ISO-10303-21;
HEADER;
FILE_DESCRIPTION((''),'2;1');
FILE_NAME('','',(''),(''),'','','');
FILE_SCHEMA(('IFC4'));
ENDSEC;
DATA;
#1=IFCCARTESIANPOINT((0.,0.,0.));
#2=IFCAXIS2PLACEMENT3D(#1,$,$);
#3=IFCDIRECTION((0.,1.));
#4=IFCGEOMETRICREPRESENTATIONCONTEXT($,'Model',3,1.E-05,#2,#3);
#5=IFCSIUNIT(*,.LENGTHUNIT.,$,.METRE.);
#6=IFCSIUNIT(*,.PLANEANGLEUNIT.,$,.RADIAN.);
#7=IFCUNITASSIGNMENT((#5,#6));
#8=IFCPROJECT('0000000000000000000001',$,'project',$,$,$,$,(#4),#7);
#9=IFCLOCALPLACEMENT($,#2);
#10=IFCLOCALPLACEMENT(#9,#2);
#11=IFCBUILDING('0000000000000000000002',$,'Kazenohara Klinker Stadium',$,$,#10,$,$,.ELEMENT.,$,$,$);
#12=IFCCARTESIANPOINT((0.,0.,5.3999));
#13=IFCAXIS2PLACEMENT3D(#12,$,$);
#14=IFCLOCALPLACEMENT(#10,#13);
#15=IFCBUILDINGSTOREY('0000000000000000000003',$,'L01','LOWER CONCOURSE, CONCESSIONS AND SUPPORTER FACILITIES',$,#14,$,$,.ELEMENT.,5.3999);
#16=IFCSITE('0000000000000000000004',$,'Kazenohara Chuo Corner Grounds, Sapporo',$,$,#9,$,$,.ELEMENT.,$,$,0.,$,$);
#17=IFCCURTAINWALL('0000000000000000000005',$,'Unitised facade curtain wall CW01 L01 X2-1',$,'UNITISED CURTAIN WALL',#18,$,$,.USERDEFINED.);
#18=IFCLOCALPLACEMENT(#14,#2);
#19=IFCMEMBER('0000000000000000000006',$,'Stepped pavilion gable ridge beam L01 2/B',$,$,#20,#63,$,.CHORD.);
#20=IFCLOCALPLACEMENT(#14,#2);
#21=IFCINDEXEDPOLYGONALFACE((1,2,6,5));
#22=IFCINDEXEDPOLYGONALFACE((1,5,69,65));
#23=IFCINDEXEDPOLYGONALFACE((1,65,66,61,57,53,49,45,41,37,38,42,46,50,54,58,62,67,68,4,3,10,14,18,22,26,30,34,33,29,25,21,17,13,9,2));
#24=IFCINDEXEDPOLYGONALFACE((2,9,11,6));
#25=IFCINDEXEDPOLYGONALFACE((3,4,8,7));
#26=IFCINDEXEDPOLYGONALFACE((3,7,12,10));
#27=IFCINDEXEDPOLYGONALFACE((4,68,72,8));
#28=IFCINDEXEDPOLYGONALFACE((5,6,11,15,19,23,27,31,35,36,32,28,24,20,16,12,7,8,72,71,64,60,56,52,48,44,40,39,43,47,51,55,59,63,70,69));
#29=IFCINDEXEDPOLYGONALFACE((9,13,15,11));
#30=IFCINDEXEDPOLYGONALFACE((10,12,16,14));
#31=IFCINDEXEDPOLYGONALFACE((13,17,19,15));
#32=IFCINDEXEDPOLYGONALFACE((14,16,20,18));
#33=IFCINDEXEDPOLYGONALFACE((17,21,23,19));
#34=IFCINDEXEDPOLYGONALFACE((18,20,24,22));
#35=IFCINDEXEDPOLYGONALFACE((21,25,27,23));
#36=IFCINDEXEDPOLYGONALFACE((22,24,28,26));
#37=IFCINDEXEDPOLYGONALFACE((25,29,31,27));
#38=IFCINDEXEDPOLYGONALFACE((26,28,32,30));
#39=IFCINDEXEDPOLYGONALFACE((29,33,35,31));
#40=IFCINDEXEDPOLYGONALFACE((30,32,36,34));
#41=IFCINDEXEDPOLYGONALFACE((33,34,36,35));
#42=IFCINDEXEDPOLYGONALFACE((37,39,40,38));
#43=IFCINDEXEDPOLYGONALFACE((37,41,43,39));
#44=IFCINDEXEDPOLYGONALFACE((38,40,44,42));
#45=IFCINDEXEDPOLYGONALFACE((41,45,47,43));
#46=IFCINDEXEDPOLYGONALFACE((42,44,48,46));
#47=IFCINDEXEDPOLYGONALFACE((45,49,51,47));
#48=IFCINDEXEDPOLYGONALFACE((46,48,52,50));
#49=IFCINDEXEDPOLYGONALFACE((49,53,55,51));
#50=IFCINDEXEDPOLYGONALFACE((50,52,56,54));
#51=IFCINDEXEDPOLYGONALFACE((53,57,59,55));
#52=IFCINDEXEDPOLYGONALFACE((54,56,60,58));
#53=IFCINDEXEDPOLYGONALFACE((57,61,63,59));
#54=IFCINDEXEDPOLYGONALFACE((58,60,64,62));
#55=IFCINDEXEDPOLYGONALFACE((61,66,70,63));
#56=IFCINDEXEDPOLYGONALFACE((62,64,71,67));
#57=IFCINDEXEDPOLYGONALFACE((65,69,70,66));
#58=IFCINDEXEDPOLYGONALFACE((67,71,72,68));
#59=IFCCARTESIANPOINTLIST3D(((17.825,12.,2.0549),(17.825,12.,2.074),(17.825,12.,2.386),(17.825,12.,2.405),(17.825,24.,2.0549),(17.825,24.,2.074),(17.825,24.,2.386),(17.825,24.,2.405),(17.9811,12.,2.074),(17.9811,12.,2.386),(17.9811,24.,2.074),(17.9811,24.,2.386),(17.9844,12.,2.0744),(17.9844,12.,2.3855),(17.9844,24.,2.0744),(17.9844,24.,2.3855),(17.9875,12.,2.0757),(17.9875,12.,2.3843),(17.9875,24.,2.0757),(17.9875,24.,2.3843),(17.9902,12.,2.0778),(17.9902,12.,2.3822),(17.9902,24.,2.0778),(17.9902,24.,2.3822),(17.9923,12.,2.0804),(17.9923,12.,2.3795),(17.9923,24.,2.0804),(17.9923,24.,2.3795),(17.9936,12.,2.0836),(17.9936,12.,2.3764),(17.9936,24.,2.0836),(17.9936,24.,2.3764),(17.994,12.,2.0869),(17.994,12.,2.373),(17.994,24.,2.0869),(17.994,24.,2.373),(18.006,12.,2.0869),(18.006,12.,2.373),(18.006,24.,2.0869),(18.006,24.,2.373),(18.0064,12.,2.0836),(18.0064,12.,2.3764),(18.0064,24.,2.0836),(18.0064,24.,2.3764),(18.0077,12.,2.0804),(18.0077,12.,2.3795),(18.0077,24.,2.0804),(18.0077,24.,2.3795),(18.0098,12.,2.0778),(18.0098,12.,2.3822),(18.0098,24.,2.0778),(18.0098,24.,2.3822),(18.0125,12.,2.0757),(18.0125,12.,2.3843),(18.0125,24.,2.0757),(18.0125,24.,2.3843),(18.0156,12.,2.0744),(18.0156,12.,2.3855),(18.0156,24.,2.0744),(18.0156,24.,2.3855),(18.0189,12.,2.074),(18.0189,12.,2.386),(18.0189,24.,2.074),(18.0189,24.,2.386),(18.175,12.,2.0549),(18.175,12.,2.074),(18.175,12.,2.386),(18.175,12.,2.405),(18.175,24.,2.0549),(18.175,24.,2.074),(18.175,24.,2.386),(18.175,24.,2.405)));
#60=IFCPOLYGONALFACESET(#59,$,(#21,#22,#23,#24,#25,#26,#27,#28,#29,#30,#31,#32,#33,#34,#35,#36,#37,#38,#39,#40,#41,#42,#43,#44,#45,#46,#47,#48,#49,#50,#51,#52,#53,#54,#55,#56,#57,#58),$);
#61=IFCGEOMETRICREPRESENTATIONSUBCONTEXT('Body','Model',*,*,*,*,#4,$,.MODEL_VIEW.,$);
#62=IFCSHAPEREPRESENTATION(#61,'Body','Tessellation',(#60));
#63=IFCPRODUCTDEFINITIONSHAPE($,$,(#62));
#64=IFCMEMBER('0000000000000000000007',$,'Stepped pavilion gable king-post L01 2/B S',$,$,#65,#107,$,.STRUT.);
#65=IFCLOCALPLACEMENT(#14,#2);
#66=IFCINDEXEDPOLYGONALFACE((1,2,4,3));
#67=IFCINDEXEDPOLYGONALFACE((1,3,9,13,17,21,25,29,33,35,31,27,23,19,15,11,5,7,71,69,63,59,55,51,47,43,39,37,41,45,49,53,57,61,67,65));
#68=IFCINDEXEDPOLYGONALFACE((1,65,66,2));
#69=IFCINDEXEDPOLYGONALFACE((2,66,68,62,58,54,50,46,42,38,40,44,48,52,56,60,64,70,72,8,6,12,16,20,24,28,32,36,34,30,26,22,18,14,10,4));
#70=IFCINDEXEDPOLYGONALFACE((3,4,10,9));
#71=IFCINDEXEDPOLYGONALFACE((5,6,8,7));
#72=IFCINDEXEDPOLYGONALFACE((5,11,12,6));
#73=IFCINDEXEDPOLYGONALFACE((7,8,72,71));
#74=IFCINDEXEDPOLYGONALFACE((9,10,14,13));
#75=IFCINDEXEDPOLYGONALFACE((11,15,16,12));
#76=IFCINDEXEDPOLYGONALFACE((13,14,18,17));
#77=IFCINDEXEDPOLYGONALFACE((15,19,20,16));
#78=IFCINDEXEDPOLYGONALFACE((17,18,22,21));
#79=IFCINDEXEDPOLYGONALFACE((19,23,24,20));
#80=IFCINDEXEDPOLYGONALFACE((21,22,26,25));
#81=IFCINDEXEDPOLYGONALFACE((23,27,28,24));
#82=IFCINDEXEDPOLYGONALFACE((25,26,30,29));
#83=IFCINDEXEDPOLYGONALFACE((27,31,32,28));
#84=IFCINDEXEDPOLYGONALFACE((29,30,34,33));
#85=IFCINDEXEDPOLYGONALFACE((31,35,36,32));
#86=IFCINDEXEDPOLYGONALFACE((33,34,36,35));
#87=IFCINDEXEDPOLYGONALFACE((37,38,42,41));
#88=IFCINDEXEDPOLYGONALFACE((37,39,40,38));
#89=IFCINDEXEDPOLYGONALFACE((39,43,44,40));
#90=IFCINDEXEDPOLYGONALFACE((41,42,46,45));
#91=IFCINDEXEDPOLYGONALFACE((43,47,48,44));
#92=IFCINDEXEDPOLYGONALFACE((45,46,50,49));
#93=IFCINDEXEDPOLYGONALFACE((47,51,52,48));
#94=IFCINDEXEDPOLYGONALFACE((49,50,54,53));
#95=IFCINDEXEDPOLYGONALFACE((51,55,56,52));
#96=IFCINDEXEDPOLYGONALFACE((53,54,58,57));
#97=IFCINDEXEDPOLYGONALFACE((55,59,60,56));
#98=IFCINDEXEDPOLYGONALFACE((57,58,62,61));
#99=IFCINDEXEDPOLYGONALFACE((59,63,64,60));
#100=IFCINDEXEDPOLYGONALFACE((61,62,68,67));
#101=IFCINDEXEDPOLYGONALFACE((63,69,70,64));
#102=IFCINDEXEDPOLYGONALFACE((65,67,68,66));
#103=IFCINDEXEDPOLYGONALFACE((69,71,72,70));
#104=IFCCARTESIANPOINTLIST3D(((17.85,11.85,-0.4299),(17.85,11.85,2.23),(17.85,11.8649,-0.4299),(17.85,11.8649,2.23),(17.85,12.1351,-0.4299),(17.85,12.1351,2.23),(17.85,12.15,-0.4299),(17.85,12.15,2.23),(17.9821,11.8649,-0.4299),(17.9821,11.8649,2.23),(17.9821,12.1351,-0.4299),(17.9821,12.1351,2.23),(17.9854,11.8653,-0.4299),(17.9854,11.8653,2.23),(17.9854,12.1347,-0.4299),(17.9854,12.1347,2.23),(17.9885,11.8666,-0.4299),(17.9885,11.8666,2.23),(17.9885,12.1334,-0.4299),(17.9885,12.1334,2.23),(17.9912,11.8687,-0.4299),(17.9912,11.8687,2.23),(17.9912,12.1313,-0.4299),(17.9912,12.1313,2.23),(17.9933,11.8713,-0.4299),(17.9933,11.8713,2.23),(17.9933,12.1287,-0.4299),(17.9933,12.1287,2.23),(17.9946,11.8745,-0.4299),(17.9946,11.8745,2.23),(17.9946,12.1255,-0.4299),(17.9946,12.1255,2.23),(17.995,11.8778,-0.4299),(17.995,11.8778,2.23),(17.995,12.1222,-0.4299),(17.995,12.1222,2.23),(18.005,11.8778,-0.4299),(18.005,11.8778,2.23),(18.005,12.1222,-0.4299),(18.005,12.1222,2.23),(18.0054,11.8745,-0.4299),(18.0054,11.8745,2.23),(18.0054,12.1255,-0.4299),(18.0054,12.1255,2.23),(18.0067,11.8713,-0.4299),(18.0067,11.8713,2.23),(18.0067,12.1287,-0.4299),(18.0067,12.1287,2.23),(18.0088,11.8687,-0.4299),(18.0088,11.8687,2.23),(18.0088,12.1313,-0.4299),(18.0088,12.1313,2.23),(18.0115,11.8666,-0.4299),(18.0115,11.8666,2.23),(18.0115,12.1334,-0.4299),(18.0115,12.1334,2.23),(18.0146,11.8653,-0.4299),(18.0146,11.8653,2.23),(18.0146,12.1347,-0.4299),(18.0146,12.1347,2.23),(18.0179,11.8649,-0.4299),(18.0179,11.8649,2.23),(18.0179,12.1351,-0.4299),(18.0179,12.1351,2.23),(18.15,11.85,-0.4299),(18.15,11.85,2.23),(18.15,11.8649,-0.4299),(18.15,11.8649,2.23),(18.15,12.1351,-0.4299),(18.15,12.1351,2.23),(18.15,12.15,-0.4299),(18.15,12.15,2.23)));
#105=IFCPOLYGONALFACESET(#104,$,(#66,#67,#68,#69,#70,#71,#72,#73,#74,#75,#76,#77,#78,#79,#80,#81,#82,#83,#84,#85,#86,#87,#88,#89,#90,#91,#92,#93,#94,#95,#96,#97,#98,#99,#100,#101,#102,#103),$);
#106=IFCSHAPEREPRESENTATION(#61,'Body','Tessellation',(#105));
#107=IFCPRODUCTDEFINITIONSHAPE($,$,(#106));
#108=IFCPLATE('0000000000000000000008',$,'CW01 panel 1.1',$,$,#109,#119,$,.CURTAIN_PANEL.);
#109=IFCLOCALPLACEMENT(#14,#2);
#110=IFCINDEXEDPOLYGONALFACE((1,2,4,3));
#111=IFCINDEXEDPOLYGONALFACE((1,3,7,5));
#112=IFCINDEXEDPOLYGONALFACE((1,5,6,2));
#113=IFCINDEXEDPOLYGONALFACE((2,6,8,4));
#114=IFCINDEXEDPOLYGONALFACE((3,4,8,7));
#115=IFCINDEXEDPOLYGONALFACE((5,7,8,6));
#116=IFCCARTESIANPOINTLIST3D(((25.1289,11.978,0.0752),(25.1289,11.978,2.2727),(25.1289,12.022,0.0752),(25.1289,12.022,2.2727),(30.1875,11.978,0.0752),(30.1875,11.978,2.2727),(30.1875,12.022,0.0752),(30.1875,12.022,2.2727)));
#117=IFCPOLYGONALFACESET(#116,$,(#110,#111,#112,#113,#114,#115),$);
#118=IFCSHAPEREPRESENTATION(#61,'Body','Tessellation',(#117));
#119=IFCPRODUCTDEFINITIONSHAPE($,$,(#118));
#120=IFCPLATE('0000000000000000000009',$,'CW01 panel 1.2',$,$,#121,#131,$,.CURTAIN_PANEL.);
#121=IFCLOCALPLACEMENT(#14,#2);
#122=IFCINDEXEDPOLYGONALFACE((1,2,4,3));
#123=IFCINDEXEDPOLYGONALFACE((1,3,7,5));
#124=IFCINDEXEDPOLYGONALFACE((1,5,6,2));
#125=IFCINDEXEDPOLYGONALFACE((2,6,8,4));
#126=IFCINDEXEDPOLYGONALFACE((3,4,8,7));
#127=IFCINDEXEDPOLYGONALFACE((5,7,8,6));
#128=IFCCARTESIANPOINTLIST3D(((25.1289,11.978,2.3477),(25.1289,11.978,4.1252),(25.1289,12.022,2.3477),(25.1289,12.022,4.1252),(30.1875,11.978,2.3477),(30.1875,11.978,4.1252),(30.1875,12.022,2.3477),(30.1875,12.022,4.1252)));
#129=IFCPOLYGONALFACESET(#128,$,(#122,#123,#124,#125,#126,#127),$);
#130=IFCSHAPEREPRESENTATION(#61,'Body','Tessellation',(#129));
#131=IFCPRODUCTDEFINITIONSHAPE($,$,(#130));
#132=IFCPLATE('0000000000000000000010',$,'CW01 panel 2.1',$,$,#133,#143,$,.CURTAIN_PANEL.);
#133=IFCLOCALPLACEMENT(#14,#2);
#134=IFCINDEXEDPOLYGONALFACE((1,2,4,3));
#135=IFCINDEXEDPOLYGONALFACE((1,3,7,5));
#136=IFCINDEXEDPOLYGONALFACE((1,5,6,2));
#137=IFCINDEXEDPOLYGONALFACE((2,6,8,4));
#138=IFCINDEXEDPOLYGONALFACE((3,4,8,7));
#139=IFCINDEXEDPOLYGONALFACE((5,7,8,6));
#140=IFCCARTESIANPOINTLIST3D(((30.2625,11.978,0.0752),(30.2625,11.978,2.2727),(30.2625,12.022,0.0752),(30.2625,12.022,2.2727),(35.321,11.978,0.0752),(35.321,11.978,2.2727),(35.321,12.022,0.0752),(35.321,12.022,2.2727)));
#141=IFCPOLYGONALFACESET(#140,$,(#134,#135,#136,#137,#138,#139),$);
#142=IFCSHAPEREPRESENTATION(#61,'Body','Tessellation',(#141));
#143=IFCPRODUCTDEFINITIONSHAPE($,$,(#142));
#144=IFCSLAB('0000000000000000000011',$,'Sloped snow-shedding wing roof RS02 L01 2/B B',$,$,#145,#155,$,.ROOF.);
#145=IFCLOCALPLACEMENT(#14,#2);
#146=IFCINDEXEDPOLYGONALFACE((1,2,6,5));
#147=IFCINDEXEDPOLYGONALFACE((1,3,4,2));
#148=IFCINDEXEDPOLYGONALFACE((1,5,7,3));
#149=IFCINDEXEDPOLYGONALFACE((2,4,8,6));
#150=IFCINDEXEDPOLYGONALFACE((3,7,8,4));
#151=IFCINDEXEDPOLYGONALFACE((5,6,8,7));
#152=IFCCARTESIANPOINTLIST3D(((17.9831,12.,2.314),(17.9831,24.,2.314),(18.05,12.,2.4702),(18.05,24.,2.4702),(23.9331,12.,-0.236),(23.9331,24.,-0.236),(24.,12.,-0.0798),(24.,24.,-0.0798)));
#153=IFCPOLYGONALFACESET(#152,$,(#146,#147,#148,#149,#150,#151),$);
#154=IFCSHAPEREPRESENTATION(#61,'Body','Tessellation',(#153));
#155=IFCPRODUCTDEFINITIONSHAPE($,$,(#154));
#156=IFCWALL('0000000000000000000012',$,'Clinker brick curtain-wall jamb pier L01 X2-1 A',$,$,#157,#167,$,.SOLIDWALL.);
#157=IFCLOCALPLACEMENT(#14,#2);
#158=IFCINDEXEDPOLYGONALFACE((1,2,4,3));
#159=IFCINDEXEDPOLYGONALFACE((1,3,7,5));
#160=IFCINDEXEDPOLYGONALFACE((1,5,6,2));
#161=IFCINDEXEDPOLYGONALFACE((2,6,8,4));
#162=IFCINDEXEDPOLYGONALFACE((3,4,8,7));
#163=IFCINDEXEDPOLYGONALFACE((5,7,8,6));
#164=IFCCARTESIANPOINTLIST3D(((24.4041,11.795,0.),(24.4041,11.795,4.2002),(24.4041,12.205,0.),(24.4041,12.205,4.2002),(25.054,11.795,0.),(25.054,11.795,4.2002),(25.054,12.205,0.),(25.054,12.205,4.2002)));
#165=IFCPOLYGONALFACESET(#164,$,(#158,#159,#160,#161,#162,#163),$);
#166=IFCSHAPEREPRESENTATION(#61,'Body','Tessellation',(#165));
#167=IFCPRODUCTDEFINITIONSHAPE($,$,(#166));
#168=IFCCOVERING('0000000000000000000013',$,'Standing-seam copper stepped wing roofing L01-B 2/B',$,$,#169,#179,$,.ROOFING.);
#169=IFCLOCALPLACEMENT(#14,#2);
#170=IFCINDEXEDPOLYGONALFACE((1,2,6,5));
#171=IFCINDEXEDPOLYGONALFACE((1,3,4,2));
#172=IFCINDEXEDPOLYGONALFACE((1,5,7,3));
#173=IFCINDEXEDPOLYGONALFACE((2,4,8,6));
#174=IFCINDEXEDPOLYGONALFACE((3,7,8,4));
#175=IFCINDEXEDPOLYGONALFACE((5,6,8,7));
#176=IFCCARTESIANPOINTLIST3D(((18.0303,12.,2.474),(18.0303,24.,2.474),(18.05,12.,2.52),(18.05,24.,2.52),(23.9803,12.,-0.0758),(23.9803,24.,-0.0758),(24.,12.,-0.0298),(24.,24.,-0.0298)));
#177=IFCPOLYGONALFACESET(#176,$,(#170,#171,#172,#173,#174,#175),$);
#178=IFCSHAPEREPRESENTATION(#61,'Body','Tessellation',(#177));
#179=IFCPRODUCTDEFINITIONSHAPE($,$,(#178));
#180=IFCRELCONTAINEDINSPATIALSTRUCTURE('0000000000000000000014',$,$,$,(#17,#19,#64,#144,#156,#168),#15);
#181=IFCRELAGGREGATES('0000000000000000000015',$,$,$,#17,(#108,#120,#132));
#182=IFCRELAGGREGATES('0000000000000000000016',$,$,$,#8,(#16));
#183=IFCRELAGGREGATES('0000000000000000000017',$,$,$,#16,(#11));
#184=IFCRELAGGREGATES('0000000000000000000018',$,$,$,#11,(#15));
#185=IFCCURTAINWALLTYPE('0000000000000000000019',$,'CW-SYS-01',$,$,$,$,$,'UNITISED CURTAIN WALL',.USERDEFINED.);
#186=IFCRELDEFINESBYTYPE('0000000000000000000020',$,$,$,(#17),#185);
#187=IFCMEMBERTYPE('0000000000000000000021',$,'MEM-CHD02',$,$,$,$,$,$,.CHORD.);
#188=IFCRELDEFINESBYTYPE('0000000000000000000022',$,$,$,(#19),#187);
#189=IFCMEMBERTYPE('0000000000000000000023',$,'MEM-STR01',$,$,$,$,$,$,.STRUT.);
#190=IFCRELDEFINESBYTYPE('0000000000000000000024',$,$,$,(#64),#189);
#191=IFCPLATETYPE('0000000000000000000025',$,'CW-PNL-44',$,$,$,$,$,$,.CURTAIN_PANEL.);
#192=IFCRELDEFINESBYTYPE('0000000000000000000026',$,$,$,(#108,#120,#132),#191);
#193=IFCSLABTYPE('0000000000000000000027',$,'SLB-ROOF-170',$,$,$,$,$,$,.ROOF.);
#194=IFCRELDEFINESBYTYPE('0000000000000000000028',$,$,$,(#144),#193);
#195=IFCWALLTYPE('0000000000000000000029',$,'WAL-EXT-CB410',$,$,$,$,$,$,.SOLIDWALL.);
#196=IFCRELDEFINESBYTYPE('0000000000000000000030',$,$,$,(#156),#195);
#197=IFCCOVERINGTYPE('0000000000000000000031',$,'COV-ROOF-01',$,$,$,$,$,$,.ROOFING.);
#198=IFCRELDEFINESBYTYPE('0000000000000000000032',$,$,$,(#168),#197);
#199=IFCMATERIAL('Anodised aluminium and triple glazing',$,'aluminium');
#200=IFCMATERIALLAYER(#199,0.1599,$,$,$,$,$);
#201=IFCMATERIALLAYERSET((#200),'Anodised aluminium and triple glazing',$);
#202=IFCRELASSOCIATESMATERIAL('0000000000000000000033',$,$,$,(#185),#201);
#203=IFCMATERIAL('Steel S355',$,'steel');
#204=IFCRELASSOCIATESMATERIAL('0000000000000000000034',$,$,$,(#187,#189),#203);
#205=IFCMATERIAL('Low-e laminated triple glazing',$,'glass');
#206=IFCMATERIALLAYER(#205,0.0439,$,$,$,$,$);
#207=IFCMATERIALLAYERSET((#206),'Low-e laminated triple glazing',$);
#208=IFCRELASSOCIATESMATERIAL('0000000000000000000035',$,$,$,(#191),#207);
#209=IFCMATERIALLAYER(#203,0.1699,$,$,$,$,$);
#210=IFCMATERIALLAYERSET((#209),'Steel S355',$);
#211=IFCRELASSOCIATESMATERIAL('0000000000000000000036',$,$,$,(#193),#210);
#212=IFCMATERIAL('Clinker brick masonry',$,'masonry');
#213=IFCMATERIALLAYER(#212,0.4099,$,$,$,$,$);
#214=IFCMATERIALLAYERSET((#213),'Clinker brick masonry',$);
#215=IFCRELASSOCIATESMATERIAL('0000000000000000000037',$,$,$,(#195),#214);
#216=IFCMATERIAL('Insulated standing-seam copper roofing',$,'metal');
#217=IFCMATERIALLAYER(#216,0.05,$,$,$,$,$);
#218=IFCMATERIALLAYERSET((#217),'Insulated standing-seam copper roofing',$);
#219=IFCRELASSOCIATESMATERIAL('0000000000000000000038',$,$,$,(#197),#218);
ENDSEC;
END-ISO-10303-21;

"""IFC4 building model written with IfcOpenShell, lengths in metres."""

from ifc_helpers import new_model, si_unit, direction, frame, frame_2d, origin, origin_2d, place, context, subcontext, project, spatial, polyline, rectangle, i_section, outline, extrude, material, layer, layer_set, material_profile, profile_set, type_object, element, aggregate, save


model = new_model("IFC4")

# Units and contexts
model_context = context("Model", 3, precision=1e-05, world=origin(), true_north=direction((0.0, 1.0)))
body_context = subcontext(model_context, "Body", "Model", "MODEL_VIEW")
ifc_project = project(units=[si_unit("LENGTHUNIT", "METRE"), si_unit("PLANEANGLEUNIT", "RADIAN")], contexts=[model_context])

# Site, building, storey
site_placement = place(None, origin())
site = spatial("IfcSite", under=ifc_project, at=site_placement, Name="Kazenohara Chuo Corner Grounds, Sapporo", CompositionType="ELEMENT", RefElevation=0.0)
building_placement = place(site_placement, origin())
building = spatial("IfcBuilding", under=site, at=building_placement, Name="Kazenohara Klinker Stadium", CompositionType="ELEMENT")
storey_placement = place(building_placement, frame((0.0, 0.0, 5.3999)))
storey = spatial("IfcBuildingStorey", under=building, at=storey_placement, Name="L01", Description="LOWER CONCOURSE, CONCESSIONS AND SUPPORTER FACILITIES", CompositionType="ELEMENT", Elevation=5.3999)

# Shared definitions
ifc_material_1 = material(Name="Steel S355", Category="steel")

# Curtain wall
ifc_material_2 = material(Name="Anodised aluminium and triple glazing", Category="aluminium")
ifc_layer_1 = layer(ifc_material_2, 0.1599)
ifc_layer_set_1 = layer_set([ifc_layer_1], Name="Anodised aluminium and triple glazing")
curtain_wall_type = type_object("IfcCurtainWallType", Name="CW-SYS-01", ElementType="UNITISED CURTAIN WALL", PredefinedType="USERDEFINED", material=ifc_layer_set_1)
curtain_wall_placement = place(storey_placement, origin())
curtain_wall = element("IfcCurtainWall", 1, at=curtain_wall_placement, inside=storey, type_object=curtain_wall_type, Name="Unitised facade curtain wall CW01 L01 X2-1", ObjectType="UNITISED CURTAIN WALL", PredefinedType="USERDEFINED")

# Members
ifc_material_profile_1 = material_profile(ifc_material_1, i_section(OverallWidth=0.3501, OverallDepth=0.3501, WebThickness=0.012, FlangeThickness=0.019, FilletRadius=0.0129, at=origin_2d()), Name="H-350x350x12x19")
ifc_profile_set_1 = profile_set([ifc_material_profile_1], Name="Steel S355")
member_type_1 = type_object("IfcMemberType", Name="MEM-CHD02", PredefinedType="CHORD", material=ifc_profile_set_1)
member_1_placement = place(storey_placement, frame((18.0, 12.0, 2.23), z_axis=(0.0, 1.0, 0.0), x_axis=(-1.0, 0.0, 0.0)))
element("IfcMember", 2, at=member_1_placement, inside=storey, type_object=member_type_1, Name="Stepped pavilion gable ridge beam L01 2/B", PredefinedType="CHORD", context=body_context, shape_type="SweptSolid", body=[
    extrude(i_section(OverallWidth=0.3501, OverallDepth=0.3501, WebThickness=0.012, FlangeThickness=0.019, FilletRadius=0.0129, at=origin_2d()), origin(), (0.0, 0.0, 1.0), 12.0),
])
ifc_material_profile_2 = material_profile(ifc_material_1, i_section(OverallWidth=0.3, OverallDepth=0.3, WebThickness=0.01, FlangeThickness=0.0149, FilletRadius=0.0129, at=origin_2d()), Name="H-300x300x10x15")
ifc_profile_set_2 = profile_set([ifc_material_profile_2], Name="Steel S355")
member_type_2 = type_object("IfcMemberType", Name="MEM-STR01", PredefinedType="STRUT", material=ifc_profile_set_2)
member_2_placement = place(storey_placement, frame((18.0, 12.0, -0.4299), z_axis=(0.0, 0.0, 1.0), x_axis=(1.0, 0.0, 0.0)))
element("IfcMember", 3, at=member_2_placement, inside=storey, type_object=member_type_2, Name="Stepped pavilion gable king-post L01 2/B S", PredefinedType="STRUT", context=body_context, shape_type="SweptSolid", body=[
    extrude(i_section(OverallWidth=0.3, OverallDepth=0.3, WebThickness=0.01, FlangeThickness=0.0149, FilletRadius=0.0129, at=origin_2d()), origin(), (0.0, 0.0, 1.0), 2.6599),
])

# Plates
ifc_material_3 = material(Name="Low-e laminated triple glazing", Category="glass")
ifc_layer_2 = layer(ifc_material_3, 0.0439)
ifc_layer_set_2 = layer_set([ifc_layer_2], Name="Low-e laminated triple glazing")
plate_type = type_object("IfcPlateType", Name="CW-PNL-44", PredefinedType="CURTAIN_PANEL", material=ifc_layer_set_2)
plate_1_placement = place(storey_placement, frame((27.6582, 12.0, 0.0752), z_axis=(0.0, 0.0, 1.0), x_axis=(1.0, 0.0, 0.0)))
plate_1 = element("IfcPlate", 4, at=plate_1_placement, type_object=plate_type, Name="CW01 panel 1.1", PredefinedType="CURTAIN_PANEL", context=body_context, shape_type="SweptSolid", body=[
    extrude(rectangle(XDim=5.0586, YDim=0.0439, at=origin_2d()), origin(), (0.0, 0.0, 1.0), 2.1975),
])
plate_2_placement = place(storey_placement, frame((27.6582, 12.0, 2.3477), z_axis=(0.0, 0.0, 1.0), x_axis=(1.0, 0.0, 0.0)))
plate_2 = element("IfcPlate", 5, at=plate_2_placement, type_object=plate_type, Name="CW01 panel 1.2", PredefinedType="CURTAIN_PANEL", context=body_context, shape_type="SweptSolid", body=[
    extrude(rectangle(XDim=5.0586, YDim=0.0439, at=origin_2d()), origin(), (0.0, 0.0, 1.0), 1.7776),
])
plate_3_placement = place(storey_placement, frame((32.7917, 12.0, 0.0752), z_axis=(0.0, 0.0, 1.0), x_axis=(1.0, 0.0, 0.0)))
plate_3 = element("IfcPlate", 6, at=plate_3_placement, type_object=plate_type, Name="CW01 panel 2.1", PredefinedType="CURTAIN_PANEL", context=body_context, shape_type="SweptSolid", body=[
    extrude(rectangle(XDim=5.0586, YDim=0.0439, at=origin_2d()), origin(), (0.0, 0.0, 1.0), 2.1975),
])
aggregate(curtain_wall, [plate_1, plate_2, plate_3])

# Slab
ifc_layer_3 = layer(ifc_material_1, 0.1699)
ifc_layer_set_3 = layer_set([ifc_layer_3], Name="Steel S355")
slab_type = type_object("IfcSlabType", Name="SLB-ROOF-170", PredefinedType="ROOF", material=ifc_layer_set_3)
slab_placement = place(storey_placement, frame((18.05, 12.0, 2.4702), z_axis=(0.393928, 0.0, 0.919141), x_axis=(0.919141, 0.0, -0.393928)))
element("IfcSlab", 7, at=slab_placement, inside=storey, type_object=slab_type, Name="Sloped snow-shedding wing roof RS02 L01 2/B B", PredefinedType="ROOF", context=body_context, shape_type="SweptSolid", body=[
    extrude(outline(polyline([(0.0, 0.0), (6.4734, 0.0), (6.4734, 12.0), (0.0, 12.0), (0.0, 0.0)])), origin(), (0.0, 0.0, -1.0), 0.1699),
])

# Wall
ifc_material_4 = material(Name="Clinker brick masonry", Category="masonry")
ifc_layer_4 = layer(ifc_material_4, 0.4099)
ifc_layer_set_4 = layer_set([ifc_layer_4], Name="Clinker brick masonry")
wall_type = type_object("IfcWallType", Name="WAL-EXT-CB410", PredefinedType="SOLIDWALL", material=ifc_layer_set_4)
wall_placement = place(storey_placement, frame((24.4041, 12.0, 0.0), z_axis=(0.0, 0.0, 1.0), x_axis=(1.0, 0.0, 0.0)))
element("IfcWall", 8, at=wall_placement, inside=storey, type_object=wall_type, Name="Clinker brick curtain-wall jamb pier L01 X2-1 A", PredefinedType="SOLIDWALL", context=body_context, shape_type="SweptSolid", body=[
    extrude(rectangle(XDim=0.6499, YDim=0.4099, at=frame_2d((0.325, 0.0))), origin(), (0.0, 0.0, 1.0), 4.2002),
])

# Covering
ifc_material_5 = material(Name="Insulated standing-seam copper roofing", Category="metal")
ifc_layer_5 = layer(ifc_material_5, 0.05)
ifc_layer_set_5 = layer_set([ifc_layer_5], Name="Insulated standing-seam copper roofing")
covering_type = type_object("IfcCoveringType", Name="COV-ROOF-01", PredefinedType="ROOFING", material=ifc_layer_set_5)
covering_placement = place(storey_placement, frame((18.05, 12.0, 2.52), z_axis=(0.393897, 0.0, 0.919155), x_axis=(0.919155, 0.0, -0.393897)))
element("IfcCovering", 9, at=covering_placement, inside=storey, type_object=covering_type, Name="Standing-seam copper stepped wing roofing L01-B 2/B", PredefinedType="ROOFING", context=body_context, shape_type="SweptSolid", body=[
    extrude(outline(polyline([(0.0, 0.0), (6.4733, 0.0), (6.4733, 12.0), (0.0, 12.0), (0.0, 0.0)])), origin(), (0.0, 0.0, -1.0), 0.05),
])

save(model, "model.ifc")
